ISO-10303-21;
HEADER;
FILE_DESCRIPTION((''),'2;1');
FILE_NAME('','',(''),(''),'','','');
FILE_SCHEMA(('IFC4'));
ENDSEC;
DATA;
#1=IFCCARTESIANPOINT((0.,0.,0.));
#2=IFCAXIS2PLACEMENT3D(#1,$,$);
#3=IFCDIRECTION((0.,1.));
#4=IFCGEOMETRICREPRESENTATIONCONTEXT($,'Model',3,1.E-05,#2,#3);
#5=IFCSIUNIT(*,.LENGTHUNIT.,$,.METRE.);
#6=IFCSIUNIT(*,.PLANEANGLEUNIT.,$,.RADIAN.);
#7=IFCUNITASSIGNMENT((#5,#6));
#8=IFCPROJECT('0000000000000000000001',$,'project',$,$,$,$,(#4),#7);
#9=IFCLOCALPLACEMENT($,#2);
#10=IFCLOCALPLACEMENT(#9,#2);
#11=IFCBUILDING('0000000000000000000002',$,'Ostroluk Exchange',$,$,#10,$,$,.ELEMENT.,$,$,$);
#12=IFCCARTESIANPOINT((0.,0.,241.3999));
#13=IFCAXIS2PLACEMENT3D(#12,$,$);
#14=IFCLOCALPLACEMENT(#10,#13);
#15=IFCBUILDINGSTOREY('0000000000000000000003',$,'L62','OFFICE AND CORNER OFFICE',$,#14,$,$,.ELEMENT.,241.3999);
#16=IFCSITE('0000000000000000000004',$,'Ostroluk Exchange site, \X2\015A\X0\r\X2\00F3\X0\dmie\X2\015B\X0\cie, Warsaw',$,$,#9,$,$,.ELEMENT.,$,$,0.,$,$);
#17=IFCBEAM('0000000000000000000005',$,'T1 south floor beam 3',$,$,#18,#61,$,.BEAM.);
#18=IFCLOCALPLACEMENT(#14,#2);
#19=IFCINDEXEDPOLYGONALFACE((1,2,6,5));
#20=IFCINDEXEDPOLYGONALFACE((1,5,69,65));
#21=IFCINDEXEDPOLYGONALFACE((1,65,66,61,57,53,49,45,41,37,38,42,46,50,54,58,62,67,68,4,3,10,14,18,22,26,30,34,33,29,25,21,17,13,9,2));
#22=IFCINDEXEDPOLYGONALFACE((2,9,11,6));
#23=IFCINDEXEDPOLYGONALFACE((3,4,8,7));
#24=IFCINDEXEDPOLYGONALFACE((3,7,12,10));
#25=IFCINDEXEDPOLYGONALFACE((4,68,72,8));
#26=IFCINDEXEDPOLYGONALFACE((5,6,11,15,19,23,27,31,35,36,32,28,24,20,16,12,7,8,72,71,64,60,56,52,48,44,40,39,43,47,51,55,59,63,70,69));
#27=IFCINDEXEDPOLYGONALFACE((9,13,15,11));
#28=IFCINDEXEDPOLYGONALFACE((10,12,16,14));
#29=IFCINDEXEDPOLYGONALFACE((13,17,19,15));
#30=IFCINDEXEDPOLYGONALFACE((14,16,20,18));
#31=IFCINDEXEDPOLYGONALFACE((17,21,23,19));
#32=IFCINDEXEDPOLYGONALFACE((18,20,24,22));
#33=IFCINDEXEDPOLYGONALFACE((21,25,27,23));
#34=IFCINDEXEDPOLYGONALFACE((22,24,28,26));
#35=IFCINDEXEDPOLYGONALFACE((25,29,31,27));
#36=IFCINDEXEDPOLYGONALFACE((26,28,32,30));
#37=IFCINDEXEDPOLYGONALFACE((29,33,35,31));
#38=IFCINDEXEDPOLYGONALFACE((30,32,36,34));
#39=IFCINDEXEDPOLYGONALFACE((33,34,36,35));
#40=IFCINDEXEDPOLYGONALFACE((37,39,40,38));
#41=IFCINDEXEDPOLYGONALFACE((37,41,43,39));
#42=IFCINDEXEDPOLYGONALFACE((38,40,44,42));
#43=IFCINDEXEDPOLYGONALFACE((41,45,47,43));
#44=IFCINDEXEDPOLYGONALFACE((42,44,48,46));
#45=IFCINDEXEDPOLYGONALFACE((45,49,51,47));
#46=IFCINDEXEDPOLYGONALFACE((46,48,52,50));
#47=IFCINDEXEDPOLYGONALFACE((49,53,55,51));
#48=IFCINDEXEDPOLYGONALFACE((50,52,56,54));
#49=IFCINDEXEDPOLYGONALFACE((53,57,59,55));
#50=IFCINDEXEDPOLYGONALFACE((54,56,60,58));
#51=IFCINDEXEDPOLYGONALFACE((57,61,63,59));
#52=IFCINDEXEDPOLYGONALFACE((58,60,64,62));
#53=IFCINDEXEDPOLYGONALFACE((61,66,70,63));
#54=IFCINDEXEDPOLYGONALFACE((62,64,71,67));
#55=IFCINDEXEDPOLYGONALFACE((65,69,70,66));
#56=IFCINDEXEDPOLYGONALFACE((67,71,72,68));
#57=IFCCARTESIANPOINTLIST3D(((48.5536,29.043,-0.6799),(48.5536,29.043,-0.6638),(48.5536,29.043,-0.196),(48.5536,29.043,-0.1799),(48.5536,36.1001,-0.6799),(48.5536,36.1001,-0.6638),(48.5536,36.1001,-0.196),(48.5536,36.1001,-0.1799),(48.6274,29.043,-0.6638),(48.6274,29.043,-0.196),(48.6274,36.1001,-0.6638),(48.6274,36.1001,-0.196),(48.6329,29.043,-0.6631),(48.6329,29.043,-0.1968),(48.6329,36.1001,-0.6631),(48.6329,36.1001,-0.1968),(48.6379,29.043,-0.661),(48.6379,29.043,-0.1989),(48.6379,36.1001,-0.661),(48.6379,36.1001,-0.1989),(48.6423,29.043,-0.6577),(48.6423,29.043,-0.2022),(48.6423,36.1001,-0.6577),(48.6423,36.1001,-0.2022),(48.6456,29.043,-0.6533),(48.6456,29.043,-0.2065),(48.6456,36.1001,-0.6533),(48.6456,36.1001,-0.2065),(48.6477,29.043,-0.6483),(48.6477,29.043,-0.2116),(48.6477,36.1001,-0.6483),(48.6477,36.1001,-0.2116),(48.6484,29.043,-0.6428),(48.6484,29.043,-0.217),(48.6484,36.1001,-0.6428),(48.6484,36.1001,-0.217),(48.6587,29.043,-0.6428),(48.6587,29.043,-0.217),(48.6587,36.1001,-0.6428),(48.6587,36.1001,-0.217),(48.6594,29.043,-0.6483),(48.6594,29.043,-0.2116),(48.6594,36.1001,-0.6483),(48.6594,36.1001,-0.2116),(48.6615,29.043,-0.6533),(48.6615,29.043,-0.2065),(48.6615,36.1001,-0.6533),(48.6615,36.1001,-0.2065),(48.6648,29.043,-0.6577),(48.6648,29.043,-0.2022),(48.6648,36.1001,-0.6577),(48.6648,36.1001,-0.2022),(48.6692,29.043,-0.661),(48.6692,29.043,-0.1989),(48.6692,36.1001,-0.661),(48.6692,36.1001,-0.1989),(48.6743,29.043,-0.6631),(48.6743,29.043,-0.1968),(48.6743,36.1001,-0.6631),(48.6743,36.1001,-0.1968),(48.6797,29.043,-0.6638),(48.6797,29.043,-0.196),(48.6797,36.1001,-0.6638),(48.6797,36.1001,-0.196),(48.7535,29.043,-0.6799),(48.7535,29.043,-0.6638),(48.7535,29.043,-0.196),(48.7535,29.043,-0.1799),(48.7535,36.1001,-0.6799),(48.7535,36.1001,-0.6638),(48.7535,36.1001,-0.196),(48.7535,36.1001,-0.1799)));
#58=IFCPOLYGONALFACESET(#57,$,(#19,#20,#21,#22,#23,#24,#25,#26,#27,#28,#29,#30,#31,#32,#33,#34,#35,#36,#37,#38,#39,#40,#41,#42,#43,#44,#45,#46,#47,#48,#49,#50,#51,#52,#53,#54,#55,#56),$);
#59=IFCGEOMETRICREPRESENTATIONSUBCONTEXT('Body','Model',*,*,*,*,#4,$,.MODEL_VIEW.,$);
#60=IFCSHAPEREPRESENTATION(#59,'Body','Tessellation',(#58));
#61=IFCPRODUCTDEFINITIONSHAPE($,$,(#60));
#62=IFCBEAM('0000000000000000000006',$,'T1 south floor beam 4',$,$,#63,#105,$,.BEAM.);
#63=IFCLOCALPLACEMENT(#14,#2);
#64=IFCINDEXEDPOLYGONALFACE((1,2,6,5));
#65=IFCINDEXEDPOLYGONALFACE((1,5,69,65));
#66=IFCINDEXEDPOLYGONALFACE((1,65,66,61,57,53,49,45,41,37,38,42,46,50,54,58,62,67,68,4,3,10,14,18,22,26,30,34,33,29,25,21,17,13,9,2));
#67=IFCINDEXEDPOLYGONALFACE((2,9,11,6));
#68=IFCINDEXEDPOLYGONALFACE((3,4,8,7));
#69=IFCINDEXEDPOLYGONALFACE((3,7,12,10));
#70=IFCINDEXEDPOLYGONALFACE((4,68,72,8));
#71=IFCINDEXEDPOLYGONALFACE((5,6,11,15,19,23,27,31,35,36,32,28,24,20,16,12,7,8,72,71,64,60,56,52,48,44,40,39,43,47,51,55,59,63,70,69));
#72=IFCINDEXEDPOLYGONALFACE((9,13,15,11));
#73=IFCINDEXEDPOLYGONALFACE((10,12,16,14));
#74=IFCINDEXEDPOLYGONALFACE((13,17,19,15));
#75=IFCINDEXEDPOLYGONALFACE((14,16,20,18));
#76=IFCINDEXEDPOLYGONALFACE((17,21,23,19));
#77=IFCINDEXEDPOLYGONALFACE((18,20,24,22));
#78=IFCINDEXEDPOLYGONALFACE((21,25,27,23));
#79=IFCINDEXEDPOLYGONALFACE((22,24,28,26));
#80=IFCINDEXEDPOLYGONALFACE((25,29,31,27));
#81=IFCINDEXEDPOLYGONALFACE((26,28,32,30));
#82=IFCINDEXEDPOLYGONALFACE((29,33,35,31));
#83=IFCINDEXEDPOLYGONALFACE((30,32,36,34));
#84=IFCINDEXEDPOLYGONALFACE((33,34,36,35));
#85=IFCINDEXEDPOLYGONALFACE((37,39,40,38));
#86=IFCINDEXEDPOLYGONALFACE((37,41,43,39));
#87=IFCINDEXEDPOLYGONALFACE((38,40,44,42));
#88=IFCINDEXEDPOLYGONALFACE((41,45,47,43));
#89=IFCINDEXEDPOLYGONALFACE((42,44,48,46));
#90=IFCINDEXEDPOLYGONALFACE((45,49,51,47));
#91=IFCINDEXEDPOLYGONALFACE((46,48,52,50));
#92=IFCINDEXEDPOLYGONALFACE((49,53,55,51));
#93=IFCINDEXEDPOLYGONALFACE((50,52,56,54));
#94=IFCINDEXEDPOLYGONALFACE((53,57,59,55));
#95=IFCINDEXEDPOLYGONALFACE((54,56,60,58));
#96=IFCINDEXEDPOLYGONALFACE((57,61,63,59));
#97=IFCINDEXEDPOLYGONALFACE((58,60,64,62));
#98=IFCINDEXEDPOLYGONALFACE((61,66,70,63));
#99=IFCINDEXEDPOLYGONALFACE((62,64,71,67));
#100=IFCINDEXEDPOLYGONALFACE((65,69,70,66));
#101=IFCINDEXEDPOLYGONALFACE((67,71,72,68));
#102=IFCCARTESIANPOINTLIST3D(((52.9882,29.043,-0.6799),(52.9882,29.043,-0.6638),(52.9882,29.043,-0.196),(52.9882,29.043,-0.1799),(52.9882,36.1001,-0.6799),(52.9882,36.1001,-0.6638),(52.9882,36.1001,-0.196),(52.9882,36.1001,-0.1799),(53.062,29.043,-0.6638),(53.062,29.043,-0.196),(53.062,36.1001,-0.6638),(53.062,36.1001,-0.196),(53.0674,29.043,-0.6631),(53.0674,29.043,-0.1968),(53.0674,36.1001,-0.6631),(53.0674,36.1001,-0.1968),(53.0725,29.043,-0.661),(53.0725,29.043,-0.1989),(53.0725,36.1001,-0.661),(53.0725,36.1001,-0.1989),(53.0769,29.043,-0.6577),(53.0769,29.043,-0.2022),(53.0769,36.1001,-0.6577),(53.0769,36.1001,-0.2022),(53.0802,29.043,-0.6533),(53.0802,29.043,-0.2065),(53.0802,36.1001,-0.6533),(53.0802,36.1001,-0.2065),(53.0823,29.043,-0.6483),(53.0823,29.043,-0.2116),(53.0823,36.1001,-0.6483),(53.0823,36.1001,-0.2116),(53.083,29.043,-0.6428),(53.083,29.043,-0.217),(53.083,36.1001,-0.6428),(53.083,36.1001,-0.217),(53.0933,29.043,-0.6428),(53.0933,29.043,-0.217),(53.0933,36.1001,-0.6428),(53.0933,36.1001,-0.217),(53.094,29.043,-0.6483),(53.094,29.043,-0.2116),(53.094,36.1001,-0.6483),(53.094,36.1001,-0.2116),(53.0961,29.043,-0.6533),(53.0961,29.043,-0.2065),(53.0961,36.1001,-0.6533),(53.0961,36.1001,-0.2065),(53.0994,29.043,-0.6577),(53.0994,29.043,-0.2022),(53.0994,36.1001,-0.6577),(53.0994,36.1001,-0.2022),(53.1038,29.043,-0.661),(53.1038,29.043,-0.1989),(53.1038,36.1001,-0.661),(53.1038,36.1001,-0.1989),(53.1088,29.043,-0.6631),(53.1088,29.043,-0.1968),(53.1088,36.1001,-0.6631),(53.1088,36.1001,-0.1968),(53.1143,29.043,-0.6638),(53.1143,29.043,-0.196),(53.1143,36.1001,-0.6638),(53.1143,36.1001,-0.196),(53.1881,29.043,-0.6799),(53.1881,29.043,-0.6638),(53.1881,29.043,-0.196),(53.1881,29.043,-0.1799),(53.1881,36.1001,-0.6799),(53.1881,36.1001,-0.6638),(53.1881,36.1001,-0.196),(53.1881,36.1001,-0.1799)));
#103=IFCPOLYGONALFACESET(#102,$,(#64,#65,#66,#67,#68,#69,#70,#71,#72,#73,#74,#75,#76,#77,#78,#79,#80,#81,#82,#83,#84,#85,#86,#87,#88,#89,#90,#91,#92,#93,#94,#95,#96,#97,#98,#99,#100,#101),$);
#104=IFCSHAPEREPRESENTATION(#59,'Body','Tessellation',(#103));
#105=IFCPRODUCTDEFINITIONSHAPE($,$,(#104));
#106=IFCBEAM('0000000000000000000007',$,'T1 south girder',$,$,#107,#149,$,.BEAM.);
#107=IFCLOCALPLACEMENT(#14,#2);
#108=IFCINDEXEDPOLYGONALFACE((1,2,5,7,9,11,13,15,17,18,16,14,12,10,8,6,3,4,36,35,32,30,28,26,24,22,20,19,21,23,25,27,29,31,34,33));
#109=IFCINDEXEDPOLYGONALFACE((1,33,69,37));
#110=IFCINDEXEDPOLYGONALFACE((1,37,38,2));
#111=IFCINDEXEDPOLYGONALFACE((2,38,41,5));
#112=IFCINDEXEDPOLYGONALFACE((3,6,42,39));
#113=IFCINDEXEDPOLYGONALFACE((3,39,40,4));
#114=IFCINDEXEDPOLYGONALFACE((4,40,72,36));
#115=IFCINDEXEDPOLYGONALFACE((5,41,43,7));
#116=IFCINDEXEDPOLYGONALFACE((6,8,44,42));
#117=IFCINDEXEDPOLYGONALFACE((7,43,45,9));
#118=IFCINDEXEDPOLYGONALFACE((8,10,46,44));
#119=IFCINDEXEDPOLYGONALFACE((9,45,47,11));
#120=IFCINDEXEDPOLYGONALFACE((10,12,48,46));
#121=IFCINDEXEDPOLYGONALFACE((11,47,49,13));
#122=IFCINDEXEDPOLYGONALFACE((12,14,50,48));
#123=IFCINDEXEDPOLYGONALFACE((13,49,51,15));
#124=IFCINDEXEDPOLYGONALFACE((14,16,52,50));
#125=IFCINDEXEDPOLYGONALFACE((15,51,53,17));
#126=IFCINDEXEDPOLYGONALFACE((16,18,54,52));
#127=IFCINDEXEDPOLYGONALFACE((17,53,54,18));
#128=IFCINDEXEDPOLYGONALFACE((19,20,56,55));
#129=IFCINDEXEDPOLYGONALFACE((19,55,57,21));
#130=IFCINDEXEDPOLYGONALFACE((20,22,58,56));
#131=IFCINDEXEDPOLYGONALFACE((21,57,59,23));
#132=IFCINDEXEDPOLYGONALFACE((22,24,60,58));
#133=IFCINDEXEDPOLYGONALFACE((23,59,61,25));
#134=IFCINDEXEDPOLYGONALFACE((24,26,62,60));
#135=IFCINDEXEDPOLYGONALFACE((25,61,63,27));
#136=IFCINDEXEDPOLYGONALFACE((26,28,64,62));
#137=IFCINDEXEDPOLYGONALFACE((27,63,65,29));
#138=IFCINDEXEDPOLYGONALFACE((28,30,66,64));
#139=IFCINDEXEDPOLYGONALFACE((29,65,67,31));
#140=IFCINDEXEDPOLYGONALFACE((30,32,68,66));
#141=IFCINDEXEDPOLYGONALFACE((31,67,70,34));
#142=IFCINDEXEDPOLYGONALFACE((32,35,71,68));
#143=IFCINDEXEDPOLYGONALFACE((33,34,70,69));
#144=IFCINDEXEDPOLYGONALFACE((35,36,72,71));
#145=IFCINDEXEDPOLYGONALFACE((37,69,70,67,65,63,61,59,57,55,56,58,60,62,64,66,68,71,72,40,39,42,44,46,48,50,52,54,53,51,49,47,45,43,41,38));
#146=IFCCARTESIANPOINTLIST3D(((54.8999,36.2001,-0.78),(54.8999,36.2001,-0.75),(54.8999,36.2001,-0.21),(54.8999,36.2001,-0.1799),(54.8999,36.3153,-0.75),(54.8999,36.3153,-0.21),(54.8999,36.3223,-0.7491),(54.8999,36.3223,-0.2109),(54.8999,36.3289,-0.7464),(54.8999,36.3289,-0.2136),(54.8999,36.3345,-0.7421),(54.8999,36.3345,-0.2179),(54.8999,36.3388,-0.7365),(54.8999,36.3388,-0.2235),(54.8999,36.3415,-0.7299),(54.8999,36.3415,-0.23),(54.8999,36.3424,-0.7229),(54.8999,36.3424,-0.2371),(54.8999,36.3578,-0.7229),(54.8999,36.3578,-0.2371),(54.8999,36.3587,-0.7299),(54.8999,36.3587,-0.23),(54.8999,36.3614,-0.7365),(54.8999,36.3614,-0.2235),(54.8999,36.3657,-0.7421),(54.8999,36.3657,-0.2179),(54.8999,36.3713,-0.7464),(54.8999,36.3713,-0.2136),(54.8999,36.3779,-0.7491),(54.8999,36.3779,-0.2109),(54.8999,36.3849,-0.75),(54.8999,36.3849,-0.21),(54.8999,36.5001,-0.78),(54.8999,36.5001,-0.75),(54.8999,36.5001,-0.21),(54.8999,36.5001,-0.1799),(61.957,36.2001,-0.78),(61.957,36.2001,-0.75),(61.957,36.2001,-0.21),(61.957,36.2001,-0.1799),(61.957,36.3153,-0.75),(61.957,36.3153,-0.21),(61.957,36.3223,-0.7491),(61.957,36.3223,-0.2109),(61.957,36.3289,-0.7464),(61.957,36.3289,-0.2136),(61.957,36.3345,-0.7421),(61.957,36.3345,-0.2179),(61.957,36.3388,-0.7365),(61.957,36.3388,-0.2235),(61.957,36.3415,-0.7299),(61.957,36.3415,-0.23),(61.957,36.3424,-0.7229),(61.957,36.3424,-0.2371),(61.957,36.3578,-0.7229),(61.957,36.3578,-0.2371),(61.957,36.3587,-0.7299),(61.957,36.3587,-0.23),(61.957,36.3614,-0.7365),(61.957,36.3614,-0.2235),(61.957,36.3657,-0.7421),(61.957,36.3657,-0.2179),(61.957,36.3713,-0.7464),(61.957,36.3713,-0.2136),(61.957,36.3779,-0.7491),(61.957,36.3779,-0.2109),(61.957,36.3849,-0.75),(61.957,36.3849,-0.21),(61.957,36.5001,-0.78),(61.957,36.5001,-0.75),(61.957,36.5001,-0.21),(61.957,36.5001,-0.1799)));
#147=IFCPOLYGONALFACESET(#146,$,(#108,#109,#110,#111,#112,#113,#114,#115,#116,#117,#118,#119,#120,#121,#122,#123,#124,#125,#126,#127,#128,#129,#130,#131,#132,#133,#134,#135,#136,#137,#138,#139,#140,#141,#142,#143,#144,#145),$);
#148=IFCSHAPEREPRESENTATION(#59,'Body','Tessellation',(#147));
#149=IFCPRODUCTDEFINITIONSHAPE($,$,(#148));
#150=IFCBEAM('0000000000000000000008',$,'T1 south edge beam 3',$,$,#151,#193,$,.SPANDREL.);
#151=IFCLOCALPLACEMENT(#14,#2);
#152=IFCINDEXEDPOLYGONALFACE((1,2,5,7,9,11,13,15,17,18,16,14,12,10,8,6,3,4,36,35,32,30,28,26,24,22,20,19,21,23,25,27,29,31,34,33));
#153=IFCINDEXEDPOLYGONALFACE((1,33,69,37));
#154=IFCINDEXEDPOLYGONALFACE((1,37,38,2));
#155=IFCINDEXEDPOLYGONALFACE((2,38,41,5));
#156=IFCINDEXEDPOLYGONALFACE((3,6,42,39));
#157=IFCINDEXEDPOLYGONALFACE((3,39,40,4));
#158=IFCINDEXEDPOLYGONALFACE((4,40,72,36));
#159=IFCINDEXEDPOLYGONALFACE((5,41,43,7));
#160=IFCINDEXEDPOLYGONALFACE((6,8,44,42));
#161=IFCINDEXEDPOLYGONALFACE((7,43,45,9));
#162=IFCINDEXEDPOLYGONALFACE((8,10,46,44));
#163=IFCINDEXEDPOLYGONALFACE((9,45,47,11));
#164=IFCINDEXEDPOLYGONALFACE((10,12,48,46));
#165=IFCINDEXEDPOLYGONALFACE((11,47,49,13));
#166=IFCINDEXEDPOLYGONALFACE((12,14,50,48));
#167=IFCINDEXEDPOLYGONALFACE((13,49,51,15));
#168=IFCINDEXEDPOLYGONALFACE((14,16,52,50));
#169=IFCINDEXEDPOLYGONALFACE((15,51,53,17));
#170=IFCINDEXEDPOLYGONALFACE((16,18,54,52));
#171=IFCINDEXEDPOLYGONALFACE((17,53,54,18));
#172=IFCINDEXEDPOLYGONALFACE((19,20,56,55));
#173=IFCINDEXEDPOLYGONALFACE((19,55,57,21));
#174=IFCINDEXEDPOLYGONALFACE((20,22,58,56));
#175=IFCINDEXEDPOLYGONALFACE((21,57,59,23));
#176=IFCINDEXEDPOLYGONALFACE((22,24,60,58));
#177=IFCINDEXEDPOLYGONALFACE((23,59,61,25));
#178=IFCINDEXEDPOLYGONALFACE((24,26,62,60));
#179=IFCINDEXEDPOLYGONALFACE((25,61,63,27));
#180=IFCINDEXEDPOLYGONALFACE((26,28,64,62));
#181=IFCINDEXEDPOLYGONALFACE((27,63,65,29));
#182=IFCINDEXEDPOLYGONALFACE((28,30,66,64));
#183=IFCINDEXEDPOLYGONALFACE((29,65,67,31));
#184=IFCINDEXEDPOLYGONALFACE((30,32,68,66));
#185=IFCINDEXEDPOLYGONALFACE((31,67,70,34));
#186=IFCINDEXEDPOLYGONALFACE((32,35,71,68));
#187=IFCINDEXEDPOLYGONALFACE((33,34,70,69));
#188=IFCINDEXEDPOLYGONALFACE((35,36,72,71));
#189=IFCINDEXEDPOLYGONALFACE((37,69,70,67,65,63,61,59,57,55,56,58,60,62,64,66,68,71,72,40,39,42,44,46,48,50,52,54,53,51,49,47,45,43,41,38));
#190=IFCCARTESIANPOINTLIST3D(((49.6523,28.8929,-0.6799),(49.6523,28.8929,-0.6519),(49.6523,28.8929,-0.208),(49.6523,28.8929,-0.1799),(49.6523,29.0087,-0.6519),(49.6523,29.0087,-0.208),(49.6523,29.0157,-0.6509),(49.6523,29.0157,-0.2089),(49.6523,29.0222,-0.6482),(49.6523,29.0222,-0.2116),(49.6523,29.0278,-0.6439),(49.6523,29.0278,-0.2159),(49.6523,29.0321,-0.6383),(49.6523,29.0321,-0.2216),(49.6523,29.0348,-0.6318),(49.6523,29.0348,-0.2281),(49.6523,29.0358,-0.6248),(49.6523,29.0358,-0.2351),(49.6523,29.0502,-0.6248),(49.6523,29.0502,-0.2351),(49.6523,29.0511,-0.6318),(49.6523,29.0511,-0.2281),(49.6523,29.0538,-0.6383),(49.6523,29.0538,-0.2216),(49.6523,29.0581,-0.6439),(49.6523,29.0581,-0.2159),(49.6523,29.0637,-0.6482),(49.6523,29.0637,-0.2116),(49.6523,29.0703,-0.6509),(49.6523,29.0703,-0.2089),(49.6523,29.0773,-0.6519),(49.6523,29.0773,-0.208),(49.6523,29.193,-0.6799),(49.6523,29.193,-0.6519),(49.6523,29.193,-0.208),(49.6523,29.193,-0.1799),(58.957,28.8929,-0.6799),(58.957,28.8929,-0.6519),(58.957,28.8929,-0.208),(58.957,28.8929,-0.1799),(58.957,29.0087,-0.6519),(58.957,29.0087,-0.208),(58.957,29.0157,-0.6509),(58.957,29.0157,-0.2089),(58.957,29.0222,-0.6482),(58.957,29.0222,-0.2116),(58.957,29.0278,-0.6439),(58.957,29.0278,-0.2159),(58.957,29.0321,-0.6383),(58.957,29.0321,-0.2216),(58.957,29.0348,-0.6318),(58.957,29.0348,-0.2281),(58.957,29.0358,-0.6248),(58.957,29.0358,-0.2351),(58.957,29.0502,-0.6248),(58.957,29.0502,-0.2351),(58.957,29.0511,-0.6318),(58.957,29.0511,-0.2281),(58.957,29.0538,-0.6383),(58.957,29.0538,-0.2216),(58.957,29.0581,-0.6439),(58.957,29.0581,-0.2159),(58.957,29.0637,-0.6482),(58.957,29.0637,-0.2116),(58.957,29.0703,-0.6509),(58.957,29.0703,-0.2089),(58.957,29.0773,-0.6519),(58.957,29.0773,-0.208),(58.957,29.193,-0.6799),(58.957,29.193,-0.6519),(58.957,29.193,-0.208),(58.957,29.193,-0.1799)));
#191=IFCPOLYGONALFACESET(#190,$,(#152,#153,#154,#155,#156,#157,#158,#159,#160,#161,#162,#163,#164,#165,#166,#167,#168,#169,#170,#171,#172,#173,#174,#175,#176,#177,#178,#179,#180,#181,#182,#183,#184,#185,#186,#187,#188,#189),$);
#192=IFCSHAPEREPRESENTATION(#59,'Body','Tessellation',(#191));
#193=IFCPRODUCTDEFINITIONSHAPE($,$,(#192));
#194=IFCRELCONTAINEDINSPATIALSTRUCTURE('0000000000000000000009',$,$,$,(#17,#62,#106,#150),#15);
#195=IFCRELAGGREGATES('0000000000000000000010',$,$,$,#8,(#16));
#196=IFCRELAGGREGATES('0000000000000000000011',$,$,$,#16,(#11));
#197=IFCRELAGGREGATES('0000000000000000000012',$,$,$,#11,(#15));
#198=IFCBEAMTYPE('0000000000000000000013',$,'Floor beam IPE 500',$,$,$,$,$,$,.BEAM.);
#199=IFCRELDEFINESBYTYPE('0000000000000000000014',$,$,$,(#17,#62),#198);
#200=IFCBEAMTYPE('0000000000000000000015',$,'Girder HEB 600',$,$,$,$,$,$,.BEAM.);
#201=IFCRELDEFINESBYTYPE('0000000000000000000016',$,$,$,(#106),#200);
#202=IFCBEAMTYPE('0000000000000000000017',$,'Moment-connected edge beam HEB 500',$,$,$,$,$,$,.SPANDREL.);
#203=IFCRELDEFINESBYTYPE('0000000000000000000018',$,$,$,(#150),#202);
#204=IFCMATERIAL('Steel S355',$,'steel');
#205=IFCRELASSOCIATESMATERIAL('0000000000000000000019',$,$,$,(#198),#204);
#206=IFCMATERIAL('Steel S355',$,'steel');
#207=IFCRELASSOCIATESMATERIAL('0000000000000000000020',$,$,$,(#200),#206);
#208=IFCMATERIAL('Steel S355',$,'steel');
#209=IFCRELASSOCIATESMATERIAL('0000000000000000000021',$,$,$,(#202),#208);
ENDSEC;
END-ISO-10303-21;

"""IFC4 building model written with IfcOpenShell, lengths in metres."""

from ifc_helpers import new_model, si_unit, direction, frame, origin, origin_2d, place, context, subcontext, project, spatial, i_section, extrude, material, material_profile, profile_set, type_object, element, save


model = new_model("IFC4")

# Units and contexts
model_context = context("Model", 3, precision=1e-05, world=origin(), true_north=direction((0.0, 1.0)))
body_context = subcontext(model_context, "Body", "Model", "MODEL_VIEW")
ifc_project = project(units=[si_unit("LENGTHUNIT", "METRE"), si_unit("PLANEANGLEUNIT", "RADIAN")], contexts=[model_context])

# Site, building, storey
site_placement = place(None, origin())
site = spatial("IfcSite", under=ifc_project, at=site_placement, Name="Ostroluk Exchange site, Śródmieście, Warsaw", CompositionType="ELEMENT", RefElevation=0.0)
building_placement = place(site_placement, origin())
building = spatial("IfcBuilding", under=site, at=building_placement, Name="Ostroluk Exchange", CompositionType="ELEMENT")
storey_placement = place(building_placement, frame((0.0, 0.0, 241.3999)))
storey = spatial("IfcBuildingStorey", under=building, at=storey_placement, Name="L62", Description="OFFICE AND CORNER OFFICE", CompositionType="ELEMENT", Elevation=241.3999)

# Beams
ifc_material_1 = material(Name="Steel S355", Category="steel")
ifc_material_profile_1 = material_profile(ifc_material_1, i_section(OverallWidth=0.2, OverallDepth=0.5, WebThickness=0.0103, FlangeThickness=0.0161, FilletRadius=0.021, at=origin_2d()), Name="IPE 500")
ifc_profile_set_1 = profile_set([ifc_material_profile_1], Name="Steel S355")
beam_type_1 = type_object("IfcBeamType", Name="Floor beam IPE 500", PredefinedType="BEAM", material=ifc_profile_set_1)
for number, where, z_axis, x_axis, name in (
    (1, (48.6536, 36.1001, -0.4299), (0.0, -1.0, 0.0), (1.0, 0.0, 0.0), "T1 south floor beam 3"),
    (2, (53.0881, 36.1001, -0.4299), (0.0, -1.0, 0.0), (1.0, 0.0, 0.0), "T1 south floor beam 4"),
):
    element("IfcBeam", number, at=place(storey_placement, frame(where, z_axis=z_axis, x_axis=x_axis)), inside=storey, type_object=beam_type_1, Name=name, PredefinedType="BEAM", context=body_context, shape_type="SweptSolid", body=[
        extrude(i_section(OverallWidth=0.2, OverallDepth=0.5, WebThickness=0.0103, FlangeThickness=0.0161, FilletRadius=0.021, at=origin_2d()), origin(), (0.0, 0.0, 1.0), 7.0571),
    ])
ifc_material_2 = material(Name="Steel S355", Category="steel")
ifc_material_profile_2 = material_profile(ifc_material_2, i_section(OverallWidth=0.3, OverallDepth=0.6001, WebThickness=0.0154, FlangeThickness=0.03, FilletRadius=0.0271, at=origin_2d()), Name="HEB 600")
ifc_profile_set_2 = profile_set([ifc_material_profile_2], Name="Steel S355")
beam_type_2 = type_object("IfcBeamType", Name="Girder HEB 600", PredefinedType="BEAM", material=ifc_profile_set_2)
beam_1_placement = place(storey_placement, frame((54.8999, 36.3501, -0.48), z_axis=(1.0, 0.0, 0.0), x_axis=(0.0, 1.0, 0.0)))
element("IfcBeam", 3, at=beam_1_placement, inside=storey, type_object=beam_type_2, Name="T1 south girder", PredefinedType="BEAM", context=body_context, shape_type="SweptSolid", body=[
    extrude(i_section(OverallWidth=0.3, OverallDepth=0.6001, WebThickness=0.0154, FlangeThickness=0.03, FilletRadius=0.0271, at=origin_2d()), origin(), (0.0, 0.0, 1.0), 7.0571),
])
ifc_material_3 = material(Name="Steel S355", Category="steel")
ifc_material_profile_3 = material_profile(ifc_material_3, i_section(OverallWidth=0.3, OverallDepth=0.5, WebThickness=0.0144, FlangeThickness=0.0281, FilletRadius=0.0271, at=origin_2d()), Name="HEB 500")
ifc_profile_set_3 = profile_set([ifc_material_profile_3], Name="Steel S355")
beam_type_3 = type_object("IfcBeamType", Name="Moment-connected edge beam HEB 500", PredefinedType="SPANDREL", material=ifc_profile_set_3)
beam_2_placement = place(storey_placement, frame((49.6523, 29.043, -0.4299), z_axis=(1.0, 0.0, 0.0), x_axis=(0.0, 1.0, 0.0)))
element("IfcBeam", 4, at=beam_2_placement, inside=storey, type_object=beam_type_3, Name="T1 south edge beam 3", PredefinedType="SPANDREL", context=body_context, shape_type="SweptSolid", body=[
    extrude(i_section(OverallWidth=0.3, OverallDepth=0.5, WebThickness=0.0144, FlangeThickness=0.0281, FilletRadius=0.0271, at=origin_2d()), origin(), (0.0, 0.0, 1.0), 9.3047),
])

save(model, "model.ifc")
